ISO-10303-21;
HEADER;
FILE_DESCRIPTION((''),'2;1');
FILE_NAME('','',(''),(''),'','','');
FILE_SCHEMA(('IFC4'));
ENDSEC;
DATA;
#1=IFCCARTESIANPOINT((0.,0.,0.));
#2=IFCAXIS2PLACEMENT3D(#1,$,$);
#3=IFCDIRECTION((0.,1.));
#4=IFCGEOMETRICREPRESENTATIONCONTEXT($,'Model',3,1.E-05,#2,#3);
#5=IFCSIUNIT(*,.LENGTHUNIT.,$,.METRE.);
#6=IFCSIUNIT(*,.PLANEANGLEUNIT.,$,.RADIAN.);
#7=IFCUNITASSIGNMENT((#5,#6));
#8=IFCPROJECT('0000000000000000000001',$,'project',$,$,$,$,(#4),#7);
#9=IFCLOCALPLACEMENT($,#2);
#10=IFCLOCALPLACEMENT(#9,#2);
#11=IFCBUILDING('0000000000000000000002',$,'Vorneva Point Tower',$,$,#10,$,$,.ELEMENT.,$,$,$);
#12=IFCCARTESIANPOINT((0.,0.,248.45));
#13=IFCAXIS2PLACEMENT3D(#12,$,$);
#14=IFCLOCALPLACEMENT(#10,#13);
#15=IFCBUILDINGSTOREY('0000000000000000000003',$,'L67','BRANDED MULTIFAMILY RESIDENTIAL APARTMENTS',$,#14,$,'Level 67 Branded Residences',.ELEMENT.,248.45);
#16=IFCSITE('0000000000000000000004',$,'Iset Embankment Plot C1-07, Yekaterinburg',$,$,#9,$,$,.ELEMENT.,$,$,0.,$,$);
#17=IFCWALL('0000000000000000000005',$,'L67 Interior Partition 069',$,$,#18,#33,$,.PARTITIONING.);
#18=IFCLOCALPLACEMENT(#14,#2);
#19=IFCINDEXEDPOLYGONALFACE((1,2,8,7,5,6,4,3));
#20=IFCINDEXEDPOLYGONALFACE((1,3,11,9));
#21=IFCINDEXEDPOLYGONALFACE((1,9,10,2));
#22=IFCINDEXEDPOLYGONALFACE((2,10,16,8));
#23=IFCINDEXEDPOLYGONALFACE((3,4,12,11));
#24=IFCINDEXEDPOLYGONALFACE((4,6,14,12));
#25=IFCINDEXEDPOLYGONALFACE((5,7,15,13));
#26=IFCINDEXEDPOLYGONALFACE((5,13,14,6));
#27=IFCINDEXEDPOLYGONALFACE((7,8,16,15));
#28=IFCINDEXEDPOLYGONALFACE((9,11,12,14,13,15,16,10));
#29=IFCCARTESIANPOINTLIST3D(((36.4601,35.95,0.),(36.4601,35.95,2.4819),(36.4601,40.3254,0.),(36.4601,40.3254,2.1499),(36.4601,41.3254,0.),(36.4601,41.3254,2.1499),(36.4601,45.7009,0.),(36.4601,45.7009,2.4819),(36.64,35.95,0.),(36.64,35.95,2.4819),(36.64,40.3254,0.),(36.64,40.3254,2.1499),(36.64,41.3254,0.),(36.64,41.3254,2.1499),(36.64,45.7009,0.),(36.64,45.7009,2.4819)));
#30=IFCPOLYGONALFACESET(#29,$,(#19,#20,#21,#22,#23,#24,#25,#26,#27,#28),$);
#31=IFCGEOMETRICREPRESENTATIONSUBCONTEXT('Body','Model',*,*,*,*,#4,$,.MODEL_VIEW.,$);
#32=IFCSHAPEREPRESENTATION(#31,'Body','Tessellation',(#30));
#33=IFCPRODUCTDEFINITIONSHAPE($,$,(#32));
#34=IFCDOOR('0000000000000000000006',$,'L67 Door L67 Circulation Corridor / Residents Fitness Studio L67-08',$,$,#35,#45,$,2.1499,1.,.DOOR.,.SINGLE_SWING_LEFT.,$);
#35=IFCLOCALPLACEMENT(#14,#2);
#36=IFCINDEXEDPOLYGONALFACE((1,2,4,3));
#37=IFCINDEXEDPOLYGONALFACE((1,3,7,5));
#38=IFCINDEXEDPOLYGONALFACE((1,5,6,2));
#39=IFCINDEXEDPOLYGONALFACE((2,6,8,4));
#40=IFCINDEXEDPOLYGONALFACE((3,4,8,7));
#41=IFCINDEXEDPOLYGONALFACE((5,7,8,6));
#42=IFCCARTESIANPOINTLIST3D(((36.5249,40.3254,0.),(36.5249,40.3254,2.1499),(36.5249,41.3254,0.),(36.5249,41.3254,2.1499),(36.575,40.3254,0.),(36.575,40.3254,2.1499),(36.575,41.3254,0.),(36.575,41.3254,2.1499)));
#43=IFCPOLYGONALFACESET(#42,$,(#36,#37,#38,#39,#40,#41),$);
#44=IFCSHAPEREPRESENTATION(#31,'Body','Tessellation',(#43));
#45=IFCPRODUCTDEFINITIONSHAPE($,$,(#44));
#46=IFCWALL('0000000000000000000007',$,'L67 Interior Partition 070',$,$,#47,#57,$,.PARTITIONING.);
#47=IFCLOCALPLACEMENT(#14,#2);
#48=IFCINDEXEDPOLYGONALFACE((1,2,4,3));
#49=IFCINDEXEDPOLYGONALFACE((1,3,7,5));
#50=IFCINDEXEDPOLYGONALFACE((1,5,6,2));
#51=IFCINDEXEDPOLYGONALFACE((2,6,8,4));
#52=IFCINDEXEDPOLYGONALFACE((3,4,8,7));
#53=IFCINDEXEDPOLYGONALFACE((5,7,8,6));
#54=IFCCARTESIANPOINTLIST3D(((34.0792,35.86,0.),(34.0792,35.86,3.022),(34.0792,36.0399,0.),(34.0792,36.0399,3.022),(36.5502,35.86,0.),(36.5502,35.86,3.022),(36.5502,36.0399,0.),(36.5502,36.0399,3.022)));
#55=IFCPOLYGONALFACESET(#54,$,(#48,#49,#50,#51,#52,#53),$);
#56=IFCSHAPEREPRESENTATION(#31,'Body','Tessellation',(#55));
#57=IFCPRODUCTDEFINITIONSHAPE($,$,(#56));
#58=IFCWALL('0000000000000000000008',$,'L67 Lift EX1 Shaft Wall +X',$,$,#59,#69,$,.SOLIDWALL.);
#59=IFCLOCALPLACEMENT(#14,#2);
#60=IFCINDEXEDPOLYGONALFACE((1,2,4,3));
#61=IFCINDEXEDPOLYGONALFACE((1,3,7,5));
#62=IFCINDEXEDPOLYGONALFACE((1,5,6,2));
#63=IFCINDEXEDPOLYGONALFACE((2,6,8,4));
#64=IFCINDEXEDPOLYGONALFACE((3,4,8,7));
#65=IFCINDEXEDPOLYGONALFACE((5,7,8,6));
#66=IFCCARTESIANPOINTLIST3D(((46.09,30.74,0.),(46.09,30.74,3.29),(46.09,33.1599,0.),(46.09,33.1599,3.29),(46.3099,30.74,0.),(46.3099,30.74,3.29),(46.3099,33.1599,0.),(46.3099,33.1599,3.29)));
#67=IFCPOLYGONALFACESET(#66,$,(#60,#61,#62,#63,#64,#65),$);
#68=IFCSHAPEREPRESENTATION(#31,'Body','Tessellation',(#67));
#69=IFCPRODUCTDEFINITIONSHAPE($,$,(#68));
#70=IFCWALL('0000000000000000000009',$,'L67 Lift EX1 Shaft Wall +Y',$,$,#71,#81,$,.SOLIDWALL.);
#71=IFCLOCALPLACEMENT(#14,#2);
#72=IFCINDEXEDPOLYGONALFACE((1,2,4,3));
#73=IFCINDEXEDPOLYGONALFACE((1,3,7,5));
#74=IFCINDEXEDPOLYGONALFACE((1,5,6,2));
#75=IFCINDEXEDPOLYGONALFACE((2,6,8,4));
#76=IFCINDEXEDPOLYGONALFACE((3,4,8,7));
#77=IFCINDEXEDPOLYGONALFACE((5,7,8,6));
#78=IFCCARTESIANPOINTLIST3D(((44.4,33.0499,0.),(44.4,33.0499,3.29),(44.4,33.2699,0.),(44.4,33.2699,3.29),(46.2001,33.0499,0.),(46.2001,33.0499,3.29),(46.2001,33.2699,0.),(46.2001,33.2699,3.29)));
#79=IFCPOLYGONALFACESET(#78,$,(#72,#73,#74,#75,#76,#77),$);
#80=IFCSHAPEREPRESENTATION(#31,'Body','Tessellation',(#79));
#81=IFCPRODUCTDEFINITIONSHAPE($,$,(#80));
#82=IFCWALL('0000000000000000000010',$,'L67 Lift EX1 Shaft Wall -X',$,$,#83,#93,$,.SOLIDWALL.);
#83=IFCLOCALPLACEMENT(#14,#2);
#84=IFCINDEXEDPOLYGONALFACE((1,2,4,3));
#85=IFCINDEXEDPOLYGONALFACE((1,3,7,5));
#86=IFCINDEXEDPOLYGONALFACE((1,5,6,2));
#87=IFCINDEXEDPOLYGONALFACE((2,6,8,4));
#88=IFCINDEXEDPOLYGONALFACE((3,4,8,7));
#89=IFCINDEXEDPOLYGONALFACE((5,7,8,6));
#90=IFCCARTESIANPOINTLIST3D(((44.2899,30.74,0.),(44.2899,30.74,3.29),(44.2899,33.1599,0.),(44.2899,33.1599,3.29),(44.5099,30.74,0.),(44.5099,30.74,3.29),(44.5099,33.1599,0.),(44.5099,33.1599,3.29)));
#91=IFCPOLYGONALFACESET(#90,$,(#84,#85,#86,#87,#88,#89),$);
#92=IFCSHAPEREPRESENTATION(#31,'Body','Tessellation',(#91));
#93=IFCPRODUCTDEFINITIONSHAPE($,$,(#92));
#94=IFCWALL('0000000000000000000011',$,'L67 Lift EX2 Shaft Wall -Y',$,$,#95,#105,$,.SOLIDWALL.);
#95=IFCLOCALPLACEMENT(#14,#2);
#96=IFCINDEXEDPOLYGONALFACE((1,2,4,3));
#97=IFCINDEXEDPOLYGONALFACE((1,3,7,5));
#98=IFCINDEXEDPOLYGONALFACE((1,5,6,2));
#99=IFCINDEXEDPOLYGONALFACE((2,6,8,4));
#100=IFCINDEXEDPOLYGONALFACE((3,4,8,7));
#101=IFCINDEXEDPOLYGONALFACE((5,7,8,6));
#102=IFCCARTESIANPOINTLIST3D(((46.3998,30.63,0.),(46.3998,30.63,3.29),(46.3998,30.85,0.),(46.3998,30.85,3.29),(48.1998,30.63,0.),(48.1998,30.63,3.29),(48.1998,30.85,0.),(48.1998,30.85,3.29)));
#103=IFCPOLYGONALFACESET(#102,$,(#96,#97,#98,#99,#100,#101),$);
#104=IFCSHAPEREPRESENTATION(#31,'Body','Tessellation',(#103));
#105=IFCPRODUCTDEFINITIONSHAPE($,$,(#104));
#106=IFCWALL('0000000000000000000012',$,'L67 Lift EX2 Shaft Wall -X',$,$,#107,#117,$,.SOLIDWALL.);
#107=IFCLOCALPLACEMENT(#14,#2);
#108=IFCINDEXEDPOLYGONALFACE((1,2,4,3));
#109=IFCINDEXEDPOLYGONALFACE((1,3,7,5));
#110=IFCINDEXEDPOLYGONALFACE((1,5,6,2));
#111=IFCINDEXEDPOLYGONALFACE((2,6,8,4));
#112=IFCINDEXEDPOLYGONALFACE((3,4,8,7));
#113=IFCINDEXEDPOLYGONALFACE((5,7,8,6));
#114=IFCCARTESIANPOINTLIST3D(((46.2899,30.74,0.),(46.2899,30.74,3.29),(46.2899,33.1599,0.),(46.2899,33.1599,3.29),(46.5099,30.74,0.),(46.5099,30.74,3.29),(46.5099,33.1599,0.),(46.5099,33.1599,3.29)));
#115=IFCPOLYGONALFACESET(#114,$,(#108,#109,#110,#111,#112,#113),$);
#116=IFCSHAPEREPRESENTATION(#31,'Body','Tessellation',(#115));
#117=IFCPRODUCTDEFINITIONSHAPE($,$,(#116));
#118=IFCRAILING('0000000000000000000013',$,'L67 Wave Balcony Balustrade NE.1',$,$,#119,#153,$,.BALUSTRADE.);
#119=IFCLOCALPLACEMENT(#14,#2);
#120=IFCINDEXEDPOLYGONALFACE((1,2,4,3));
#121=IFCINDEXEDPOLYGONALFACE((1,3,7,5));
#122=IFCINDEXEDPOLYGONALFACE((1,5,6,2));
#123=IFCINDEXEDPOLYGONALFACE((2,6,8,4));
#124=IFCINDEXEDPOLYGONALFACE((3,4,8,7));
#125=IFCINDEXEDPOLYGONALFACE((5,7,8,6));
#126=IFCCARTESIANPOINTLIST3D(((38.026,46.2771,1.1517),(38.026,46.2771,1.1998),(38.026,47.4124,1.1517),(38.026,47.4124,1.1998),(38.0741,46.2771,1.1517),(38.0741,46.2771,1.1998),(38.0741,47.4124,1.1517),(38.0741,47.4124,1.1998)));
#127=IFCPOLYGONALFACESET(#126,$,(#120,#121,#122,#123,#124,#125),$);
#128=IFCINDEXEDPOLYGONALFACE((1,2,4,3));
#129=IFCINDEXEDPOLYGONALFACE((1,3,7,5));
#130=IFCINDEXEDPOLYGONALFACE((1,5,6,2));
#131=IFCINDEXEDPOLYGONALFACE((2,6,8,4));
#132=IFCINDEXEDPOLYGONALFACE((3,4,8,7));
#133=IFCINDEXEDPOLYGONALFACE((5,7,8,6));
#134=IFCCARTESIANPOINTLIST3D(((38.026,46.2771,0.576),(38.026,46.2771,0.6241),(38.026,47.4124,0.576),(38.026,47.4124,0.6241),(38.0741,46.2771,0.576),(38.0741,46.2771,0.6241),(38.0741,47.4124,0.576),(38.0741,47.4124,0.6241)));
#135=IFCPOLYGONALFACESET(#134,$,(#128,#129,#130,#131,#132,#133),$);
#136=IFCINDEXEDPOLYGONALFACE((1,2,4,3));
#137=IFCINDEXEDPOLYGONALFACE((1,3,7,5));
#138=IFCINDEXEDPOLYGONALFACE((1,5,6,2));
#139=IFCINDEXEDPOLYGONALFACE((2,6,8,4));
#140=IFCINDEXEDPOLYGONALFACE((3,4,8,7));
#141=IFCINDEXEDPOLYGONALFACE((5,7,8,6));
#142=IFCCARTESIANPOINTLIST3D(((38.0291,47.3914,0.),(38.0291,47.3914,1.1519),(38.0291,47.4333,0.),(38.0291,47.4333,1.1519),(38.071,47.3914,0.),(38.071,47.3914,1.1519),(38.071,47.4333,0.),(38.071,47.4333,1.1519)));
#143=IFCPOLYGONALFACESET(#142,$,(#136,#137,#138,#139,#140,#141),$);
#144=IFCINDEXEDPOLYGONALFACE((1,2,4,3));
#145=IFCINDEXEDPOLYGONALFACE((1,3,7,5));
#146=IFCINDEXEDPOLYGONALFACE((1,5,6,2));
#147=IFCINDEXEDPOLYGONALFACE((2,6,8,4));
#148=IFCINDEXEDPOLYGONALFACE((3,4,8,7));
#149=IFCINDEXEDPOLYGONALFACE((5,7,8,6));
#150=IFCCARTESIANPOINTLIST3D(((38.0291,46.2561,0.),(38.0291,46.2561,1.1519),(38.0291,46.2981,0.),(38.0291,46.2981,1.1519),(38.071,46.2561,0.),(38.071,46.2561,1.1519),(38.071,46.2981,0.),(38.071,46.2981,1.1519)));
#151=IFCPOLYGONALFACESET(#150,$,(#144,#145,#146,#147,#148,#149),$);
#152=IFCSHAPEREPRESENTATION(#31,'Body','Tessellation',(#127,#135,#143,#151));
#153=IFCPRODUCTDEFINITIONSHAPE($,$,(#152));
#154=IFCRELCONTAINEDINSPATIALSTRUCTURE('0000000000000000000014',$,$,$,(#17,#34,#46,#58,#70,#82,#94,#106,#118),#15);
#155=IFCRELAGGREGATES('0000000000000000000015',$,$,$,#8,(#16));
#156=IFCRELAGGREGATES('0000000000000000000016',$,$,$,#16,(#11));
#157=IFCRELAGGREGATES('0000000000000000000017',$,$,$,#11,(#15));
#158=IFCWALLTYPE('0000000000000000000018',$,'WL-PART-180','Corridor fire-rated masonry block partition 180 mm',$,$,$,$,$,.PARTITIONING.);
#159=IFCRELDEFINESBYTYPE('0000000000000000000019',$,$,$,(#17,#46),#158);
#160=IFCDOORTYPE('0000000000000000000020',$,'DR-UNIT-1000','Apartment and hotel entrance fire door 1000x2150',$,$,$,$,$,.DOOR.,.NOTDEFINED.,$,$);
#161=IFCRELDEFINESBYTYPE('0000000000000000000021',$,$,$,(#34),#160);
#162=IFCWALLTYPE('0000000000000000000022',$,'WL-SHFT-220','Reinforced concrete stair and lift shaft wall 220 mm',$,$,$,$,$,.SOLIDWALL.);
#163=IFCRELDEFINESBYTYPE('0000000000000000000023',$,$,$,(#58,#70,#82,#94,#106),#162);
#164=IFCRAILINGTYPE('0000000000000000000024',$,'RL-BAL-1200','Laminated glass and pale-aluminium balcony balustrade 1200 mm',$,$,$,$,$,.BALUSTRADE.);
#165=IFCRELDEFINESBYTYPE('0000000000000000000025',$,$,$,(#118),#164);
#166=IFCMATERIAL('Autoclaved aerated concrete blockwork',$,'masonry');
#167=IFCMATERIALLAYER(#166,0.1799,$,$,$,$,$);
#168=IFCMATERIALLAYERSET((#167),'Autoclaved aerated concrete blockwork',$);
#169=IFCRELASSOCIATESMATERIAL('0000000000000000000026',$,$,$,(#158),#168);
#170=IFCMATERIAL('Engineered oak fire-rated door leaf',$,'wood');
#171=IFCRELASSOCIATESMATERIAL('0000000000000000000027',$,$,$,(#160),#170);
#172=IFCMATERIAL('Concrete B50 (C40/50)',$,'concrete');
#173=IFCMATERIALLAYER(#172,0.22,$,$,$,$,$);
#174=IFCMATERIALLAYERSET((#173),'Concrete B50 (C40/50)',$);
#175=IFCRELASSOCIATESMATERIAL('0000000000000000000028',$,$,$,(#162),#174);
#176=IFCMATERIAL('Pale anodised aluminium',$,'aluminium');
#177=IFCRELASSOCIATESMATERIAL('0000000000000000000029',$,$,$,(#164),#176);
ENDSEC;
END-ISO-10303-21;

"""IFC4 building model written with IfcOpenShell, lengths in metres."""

from ifc_helpers import new_model, si_unit, direction, frame, frame_2d, origin, origin_2d, place, context, subcontext, project, spatial, rectangle, extrude, material, layer, layer_set, type_object, element, fill, save


model = new_model("IFC4")

# Units and contexts
model_context = context("Model", 3, precision=1e-05, world=origin(), true_north=direction((0.0, 1.0)))
body_context = subcontext(model_context, "Body", "Model", "MODEL_VIEW")
ifc_project = project(units=[si_unit("LENGTHUNIT", "METRE"), si_unit("PLANEANGLEUNIT", "RADIAN")], contexts=[model_context])

# Site, building, storey
site_placement = place(None, origin())
site = spatial("IfcSite", under=ifc_project, at=site_placement, Name="Iset Embankment Plot C1-07, Yekaterinburg", CompositionType="ELEMENT", RefElevation=0.0)
building_placement = place(site_placement, origin())
building = spatial("IfcBuilding", under=site, at=building_placement, Name="Vorneva Point Tower", CompositionType="ELEMENT")
storey_placement = place(building_placement, frame((0.0, 0.0, 248.45)))
storey = spatial("IfcBuildingStorey", under=building, at=storey_placement, Name="L67", Description="BRANDED MULTIFAMILY RESIDENTIAL APARTMENTS", LongName="Level 67 Branded Residences", CompositionType="ELEMENT", Elevation=248.45)

# Shared definitions
ifc_material_1 = material(Name="Concrete B50 (C40/50)", Category="concrete")

# Shared definitions
ifc_material_2 = material(Name="Pale anodised aluminium", Category="aluminium")

# Shared definitions
ifc_material_3 = material(Name="Autoclaved aerated concrete blockwork", Category="masonry")
ifc_layer_1 = layer(ifc_material_3, 0.1799)
ifc_layer_set_1 = layer_set([ifc_layer_1], Name="Autoclaved aerated concrete blockwork")
wall_type_1 = type_object("IfcWallType", Name="WL-PART-180", Description="Corridor fire-rated masonry block partition 180 mm", PredefinedType="PARTITIONING", material=ifc_layer_set_1)
ifc_material_4 = material(Name="Engineered oak fire-rated door leaf", Category="wood")

# Wall, opening, door
wall_1_placement = place(storey_placement, frame((36.55, 45.7009, 0.0), z_axis=(0.0, 0.0, 1.0), x_axis=(0.0, -1.0, 0.0)))
wall_1 = element("IfcWall", 1, at=wall_1_placement, inside=storey, type_object=wall_type_1, Name="L67 Interior Partition 069", PredefinedType="PARTITIONING", context=body_context, shape_type="SweptSolid", body=[
    extrude(rectangle(XDim=9.751, YDim=0.1799, at=frame_2d((4.8755, 0.0))), origin(), (0.0, 0.0, 1.0), 2.4819),
])
opening_1_placement = place(wall_1_placement, frame((4.3755, 0.0, 0.0)))
opening_1 = element("IfcOpeningElement", 2, at=opening_1_placement, cuts=wall_1, PredefinedType="OPENING", context=body_context, shape_type="SweptSolid", body=[
    extrude(rectangle(XDim=1.0, YDim=2.1499, at=frame_2d((0.5, 1.075))), frame((0.0, 0.105, 0.0), z_axis=(0.0, -1.0, 0.0), x_axis=(1.0, 0.0, 0.0)), (0.0, 0.0, 1.0), 0.2097),
])
door_type_1 = type_object("IfcDoorType", Name="DR-UNIT-1000", Description="Apartment and hotel entrance fire door 1000x2150", OperationType="NOTDEFINED", PredefinedType="DOOR", material=ifc_material_4)
door_1_placement = place(opening_1_placement, origin())
door_1 = element("IfcDoor", 3, at=door_1_placement, inside=storey, type_object=door_type_1, Name="L67 Door L67 Circulation Corridor / Residents Fitness Studio L67-08", OperationType="SINGLE_SWING_LEFT", OverallHeight=2.1499, OverallWidth=1.0, PredefinedType="DOOR", context=body_context, shape_type="SweptSolid", body=[
    extrude(rectangle(XDim=1.0, YDim=2.1499, at=frame_2d((0.5, 1.075))), frame((0.0, 0.0249, 0.0), z_axis=(0.0, -1.0, 0.0), x_axis=(1.0, 0.0, 0.0)), (0.0, 0.0, 1.0), 0.05),
])
fill(opening_1, door_1)

# Walls
wall_2_placement = place(storey_placement, frame((36.55, 35.95, 0.0), z_axis=(0.0, 0.0, 1.0), x_axis=(-1.0, 0.0, 0.0)))
element("IfcWall", 4, at=wall_2_placement, inside=storey, type_object=wall_type_1, Name="L67 Interior Partition 070", PredefinedType="PARTITIONING", context=body_context, shape_type="SweptSolid", body=[
    extrude(rectangle(XDim=2.4709, YDim=0.1799, at=frame_2d((1.2354, 0.0))), origin(), (0.0, 0.0, 1.0), 3.022),
])
ifc_layer_2 = layer(ifc_material_1, 0.22)
ifc_layer_set_2 = layer_set([ifc_layer_2], Name="Concrete B50 (C40/50)")
wall_type_2 = type_object("IfcWallType", Name="WL-SHFT-220", Description="Reinforced concrete stair and lift shaft wall 220 mm", PredefinedType="SOLIDWALL", material=ifc_layer_set_2)
wall_3_placement = place(storey_placement, frame((46.2, 30.74, 0.0), z_axis=(0.0, 0.0, 1.0), x_axis=(0.0, 1.0, 0.0)))
element("IfcWall", 5, at=wall_3_placement, inside=storey, type_object=wall_type_2, Name="L67 Lift EX1 Shaft Wall +X", PredefinedType="SOLIDWALL", context=body_context, shape_type="SweptSolid", body=[
    extrude(rectangle(XDim=2.4199, YDim=0.22, at=frame_2d((1.21, 0.0))), origin(), (0.0, 0.0, 1.0), 3.29),
])
wall_4_placement = place(storey_placement, frame((46.2, 33.1599, 0.0), z_axis=(0.0, 0.0, 1.0), x_axis=(-1.0, 0.0, 0.0)))
element("IfcWall", 6, at=wall_4_placement, inside=storey, type_object=wall_type_2, Name="L67 Lift EX1 Shaft Wall +Y", PredefinedType="SOLIDWALL", context=body_context, shape_type="SweptSolid", body=[
    extrude(rectangle(XDim=1.8, YDim=0.22, at=frame_2d((0.8999, 0.0))), origin(), (0.0, 0.0, 1.0), 3.29),
])
wall_5_placement = place(storey_placement, frame((44.3999, 33.1599, 0.0), z_axis=(0.0, 0.0, 1.0), x_axis=(0.0, -1.0, 0.0)))
element("IfcWall", 7, at=wall_5_placement, inside=storey, type_object=wall_type_2, Name="L67 Lift EX1 Shaft Wall -X", PredefinedType="SOLIDWALL", context=body_context, shape_type="SweptSolid", body=[
    extrude(rectangle(XDim=2.4199, YDim=0.22, at=frame_2d((1.21, 0.0))), origin(), (0.0, 0.0, 1.0), 3.29),
])
wall_6_placement = place(storey_placement, frame((46.3999, 30.74, 0.0), z_axis=(0.0, 0.0, 1.0), x_axis=(1.0, 0.0, 0.0)))
element("IfcWall", 8, at=wall_6_placement, inside=storey, type_object=wall_type_2, Name="L67 Lift EX2 Shaft Wall -Y", PredefinedType="SOLIDWALL", context=body_context, shape_type="SweptSolid", body=[
    extrude(rectangle(XDim=1.8, YDim=0.22, at=frame_2d((0.8999, 0.0))), origin(), (0.0, 0.0, 1.0), 3.29),
])
wall_7_placement = place(storey_placement, frame((46.3999, 33.1599, 0.0), z_axis=(0.0, 0.0, 1.0), x_axis=(0.0, -1.0, 0.0)))
element("IfcWall", 9, at=wall_7_placement, inside=storey, type_object=wall_type_2, Name="L67 Lift EX2 Shaft Wall -X", PredefinedType="SOLIDWALL", context=body_context, shape_type="SweptSolid", body=[
    extrude(rectangle(XDim=2.4199, YDim=0.22, at=frame_2d((1.21, 0.0))), origin(), (0.0, 0.0, 1.0), 3.29),
])

# Railing
railing_type = type_object("IfcRailingType", Name="RL-BAL-1200", Description="Laminated glass and pale-aluminium balcony balustrade 1200 mm", PredefinedType="BALUSTRADE", material=ifc_material_2)
railing_placement = place(storey_placement, frame((38.05, 47.4124, 0.0)))
element("IfcRailing", 10, at=railing_placement, inside=storey, type_object=railing_type, Name="L67 Wave Balcony Balustrade NE.1", PredefinedType="BALUSTRADE", context=body_context, shape_type="SweptSolid", body=[
    extrude(rectangle(XDim=0.0481, YDim=0.0481, at=origin_2d()), frame((0.0, 0.0, 1.1758), z_axis=(0.0, -1.0, 0.0), x_axis=(1.0, 0.0, 0.0)), (0.0, 0.0, 1.0), 1.1353),
    extrude(rectangle(XDim=0.0481, YDim=0.0481, at=origin_2d()), frame((0.0, 0.0, 0.6001), z_axis=(0.0, -1.0, 0.0), x_axis=(1.0, 0.0, 0.0)), (0.0, 0.0, 1.0), 1.1353),
    extrude(rectangle(XDim=0.042, YDim=0.042, at=origin_2d()), origin(), (0.0, 0.0, 1.0), 1.1519),
    extrude(rectangle(XDim=0.042, YDim=0.042, at=origin_2d()), frame((0.0, -1.1353, 0.0)), (0.0, 0.0, 1.0), 1.1519),
])

save(model, "model.ifc")
